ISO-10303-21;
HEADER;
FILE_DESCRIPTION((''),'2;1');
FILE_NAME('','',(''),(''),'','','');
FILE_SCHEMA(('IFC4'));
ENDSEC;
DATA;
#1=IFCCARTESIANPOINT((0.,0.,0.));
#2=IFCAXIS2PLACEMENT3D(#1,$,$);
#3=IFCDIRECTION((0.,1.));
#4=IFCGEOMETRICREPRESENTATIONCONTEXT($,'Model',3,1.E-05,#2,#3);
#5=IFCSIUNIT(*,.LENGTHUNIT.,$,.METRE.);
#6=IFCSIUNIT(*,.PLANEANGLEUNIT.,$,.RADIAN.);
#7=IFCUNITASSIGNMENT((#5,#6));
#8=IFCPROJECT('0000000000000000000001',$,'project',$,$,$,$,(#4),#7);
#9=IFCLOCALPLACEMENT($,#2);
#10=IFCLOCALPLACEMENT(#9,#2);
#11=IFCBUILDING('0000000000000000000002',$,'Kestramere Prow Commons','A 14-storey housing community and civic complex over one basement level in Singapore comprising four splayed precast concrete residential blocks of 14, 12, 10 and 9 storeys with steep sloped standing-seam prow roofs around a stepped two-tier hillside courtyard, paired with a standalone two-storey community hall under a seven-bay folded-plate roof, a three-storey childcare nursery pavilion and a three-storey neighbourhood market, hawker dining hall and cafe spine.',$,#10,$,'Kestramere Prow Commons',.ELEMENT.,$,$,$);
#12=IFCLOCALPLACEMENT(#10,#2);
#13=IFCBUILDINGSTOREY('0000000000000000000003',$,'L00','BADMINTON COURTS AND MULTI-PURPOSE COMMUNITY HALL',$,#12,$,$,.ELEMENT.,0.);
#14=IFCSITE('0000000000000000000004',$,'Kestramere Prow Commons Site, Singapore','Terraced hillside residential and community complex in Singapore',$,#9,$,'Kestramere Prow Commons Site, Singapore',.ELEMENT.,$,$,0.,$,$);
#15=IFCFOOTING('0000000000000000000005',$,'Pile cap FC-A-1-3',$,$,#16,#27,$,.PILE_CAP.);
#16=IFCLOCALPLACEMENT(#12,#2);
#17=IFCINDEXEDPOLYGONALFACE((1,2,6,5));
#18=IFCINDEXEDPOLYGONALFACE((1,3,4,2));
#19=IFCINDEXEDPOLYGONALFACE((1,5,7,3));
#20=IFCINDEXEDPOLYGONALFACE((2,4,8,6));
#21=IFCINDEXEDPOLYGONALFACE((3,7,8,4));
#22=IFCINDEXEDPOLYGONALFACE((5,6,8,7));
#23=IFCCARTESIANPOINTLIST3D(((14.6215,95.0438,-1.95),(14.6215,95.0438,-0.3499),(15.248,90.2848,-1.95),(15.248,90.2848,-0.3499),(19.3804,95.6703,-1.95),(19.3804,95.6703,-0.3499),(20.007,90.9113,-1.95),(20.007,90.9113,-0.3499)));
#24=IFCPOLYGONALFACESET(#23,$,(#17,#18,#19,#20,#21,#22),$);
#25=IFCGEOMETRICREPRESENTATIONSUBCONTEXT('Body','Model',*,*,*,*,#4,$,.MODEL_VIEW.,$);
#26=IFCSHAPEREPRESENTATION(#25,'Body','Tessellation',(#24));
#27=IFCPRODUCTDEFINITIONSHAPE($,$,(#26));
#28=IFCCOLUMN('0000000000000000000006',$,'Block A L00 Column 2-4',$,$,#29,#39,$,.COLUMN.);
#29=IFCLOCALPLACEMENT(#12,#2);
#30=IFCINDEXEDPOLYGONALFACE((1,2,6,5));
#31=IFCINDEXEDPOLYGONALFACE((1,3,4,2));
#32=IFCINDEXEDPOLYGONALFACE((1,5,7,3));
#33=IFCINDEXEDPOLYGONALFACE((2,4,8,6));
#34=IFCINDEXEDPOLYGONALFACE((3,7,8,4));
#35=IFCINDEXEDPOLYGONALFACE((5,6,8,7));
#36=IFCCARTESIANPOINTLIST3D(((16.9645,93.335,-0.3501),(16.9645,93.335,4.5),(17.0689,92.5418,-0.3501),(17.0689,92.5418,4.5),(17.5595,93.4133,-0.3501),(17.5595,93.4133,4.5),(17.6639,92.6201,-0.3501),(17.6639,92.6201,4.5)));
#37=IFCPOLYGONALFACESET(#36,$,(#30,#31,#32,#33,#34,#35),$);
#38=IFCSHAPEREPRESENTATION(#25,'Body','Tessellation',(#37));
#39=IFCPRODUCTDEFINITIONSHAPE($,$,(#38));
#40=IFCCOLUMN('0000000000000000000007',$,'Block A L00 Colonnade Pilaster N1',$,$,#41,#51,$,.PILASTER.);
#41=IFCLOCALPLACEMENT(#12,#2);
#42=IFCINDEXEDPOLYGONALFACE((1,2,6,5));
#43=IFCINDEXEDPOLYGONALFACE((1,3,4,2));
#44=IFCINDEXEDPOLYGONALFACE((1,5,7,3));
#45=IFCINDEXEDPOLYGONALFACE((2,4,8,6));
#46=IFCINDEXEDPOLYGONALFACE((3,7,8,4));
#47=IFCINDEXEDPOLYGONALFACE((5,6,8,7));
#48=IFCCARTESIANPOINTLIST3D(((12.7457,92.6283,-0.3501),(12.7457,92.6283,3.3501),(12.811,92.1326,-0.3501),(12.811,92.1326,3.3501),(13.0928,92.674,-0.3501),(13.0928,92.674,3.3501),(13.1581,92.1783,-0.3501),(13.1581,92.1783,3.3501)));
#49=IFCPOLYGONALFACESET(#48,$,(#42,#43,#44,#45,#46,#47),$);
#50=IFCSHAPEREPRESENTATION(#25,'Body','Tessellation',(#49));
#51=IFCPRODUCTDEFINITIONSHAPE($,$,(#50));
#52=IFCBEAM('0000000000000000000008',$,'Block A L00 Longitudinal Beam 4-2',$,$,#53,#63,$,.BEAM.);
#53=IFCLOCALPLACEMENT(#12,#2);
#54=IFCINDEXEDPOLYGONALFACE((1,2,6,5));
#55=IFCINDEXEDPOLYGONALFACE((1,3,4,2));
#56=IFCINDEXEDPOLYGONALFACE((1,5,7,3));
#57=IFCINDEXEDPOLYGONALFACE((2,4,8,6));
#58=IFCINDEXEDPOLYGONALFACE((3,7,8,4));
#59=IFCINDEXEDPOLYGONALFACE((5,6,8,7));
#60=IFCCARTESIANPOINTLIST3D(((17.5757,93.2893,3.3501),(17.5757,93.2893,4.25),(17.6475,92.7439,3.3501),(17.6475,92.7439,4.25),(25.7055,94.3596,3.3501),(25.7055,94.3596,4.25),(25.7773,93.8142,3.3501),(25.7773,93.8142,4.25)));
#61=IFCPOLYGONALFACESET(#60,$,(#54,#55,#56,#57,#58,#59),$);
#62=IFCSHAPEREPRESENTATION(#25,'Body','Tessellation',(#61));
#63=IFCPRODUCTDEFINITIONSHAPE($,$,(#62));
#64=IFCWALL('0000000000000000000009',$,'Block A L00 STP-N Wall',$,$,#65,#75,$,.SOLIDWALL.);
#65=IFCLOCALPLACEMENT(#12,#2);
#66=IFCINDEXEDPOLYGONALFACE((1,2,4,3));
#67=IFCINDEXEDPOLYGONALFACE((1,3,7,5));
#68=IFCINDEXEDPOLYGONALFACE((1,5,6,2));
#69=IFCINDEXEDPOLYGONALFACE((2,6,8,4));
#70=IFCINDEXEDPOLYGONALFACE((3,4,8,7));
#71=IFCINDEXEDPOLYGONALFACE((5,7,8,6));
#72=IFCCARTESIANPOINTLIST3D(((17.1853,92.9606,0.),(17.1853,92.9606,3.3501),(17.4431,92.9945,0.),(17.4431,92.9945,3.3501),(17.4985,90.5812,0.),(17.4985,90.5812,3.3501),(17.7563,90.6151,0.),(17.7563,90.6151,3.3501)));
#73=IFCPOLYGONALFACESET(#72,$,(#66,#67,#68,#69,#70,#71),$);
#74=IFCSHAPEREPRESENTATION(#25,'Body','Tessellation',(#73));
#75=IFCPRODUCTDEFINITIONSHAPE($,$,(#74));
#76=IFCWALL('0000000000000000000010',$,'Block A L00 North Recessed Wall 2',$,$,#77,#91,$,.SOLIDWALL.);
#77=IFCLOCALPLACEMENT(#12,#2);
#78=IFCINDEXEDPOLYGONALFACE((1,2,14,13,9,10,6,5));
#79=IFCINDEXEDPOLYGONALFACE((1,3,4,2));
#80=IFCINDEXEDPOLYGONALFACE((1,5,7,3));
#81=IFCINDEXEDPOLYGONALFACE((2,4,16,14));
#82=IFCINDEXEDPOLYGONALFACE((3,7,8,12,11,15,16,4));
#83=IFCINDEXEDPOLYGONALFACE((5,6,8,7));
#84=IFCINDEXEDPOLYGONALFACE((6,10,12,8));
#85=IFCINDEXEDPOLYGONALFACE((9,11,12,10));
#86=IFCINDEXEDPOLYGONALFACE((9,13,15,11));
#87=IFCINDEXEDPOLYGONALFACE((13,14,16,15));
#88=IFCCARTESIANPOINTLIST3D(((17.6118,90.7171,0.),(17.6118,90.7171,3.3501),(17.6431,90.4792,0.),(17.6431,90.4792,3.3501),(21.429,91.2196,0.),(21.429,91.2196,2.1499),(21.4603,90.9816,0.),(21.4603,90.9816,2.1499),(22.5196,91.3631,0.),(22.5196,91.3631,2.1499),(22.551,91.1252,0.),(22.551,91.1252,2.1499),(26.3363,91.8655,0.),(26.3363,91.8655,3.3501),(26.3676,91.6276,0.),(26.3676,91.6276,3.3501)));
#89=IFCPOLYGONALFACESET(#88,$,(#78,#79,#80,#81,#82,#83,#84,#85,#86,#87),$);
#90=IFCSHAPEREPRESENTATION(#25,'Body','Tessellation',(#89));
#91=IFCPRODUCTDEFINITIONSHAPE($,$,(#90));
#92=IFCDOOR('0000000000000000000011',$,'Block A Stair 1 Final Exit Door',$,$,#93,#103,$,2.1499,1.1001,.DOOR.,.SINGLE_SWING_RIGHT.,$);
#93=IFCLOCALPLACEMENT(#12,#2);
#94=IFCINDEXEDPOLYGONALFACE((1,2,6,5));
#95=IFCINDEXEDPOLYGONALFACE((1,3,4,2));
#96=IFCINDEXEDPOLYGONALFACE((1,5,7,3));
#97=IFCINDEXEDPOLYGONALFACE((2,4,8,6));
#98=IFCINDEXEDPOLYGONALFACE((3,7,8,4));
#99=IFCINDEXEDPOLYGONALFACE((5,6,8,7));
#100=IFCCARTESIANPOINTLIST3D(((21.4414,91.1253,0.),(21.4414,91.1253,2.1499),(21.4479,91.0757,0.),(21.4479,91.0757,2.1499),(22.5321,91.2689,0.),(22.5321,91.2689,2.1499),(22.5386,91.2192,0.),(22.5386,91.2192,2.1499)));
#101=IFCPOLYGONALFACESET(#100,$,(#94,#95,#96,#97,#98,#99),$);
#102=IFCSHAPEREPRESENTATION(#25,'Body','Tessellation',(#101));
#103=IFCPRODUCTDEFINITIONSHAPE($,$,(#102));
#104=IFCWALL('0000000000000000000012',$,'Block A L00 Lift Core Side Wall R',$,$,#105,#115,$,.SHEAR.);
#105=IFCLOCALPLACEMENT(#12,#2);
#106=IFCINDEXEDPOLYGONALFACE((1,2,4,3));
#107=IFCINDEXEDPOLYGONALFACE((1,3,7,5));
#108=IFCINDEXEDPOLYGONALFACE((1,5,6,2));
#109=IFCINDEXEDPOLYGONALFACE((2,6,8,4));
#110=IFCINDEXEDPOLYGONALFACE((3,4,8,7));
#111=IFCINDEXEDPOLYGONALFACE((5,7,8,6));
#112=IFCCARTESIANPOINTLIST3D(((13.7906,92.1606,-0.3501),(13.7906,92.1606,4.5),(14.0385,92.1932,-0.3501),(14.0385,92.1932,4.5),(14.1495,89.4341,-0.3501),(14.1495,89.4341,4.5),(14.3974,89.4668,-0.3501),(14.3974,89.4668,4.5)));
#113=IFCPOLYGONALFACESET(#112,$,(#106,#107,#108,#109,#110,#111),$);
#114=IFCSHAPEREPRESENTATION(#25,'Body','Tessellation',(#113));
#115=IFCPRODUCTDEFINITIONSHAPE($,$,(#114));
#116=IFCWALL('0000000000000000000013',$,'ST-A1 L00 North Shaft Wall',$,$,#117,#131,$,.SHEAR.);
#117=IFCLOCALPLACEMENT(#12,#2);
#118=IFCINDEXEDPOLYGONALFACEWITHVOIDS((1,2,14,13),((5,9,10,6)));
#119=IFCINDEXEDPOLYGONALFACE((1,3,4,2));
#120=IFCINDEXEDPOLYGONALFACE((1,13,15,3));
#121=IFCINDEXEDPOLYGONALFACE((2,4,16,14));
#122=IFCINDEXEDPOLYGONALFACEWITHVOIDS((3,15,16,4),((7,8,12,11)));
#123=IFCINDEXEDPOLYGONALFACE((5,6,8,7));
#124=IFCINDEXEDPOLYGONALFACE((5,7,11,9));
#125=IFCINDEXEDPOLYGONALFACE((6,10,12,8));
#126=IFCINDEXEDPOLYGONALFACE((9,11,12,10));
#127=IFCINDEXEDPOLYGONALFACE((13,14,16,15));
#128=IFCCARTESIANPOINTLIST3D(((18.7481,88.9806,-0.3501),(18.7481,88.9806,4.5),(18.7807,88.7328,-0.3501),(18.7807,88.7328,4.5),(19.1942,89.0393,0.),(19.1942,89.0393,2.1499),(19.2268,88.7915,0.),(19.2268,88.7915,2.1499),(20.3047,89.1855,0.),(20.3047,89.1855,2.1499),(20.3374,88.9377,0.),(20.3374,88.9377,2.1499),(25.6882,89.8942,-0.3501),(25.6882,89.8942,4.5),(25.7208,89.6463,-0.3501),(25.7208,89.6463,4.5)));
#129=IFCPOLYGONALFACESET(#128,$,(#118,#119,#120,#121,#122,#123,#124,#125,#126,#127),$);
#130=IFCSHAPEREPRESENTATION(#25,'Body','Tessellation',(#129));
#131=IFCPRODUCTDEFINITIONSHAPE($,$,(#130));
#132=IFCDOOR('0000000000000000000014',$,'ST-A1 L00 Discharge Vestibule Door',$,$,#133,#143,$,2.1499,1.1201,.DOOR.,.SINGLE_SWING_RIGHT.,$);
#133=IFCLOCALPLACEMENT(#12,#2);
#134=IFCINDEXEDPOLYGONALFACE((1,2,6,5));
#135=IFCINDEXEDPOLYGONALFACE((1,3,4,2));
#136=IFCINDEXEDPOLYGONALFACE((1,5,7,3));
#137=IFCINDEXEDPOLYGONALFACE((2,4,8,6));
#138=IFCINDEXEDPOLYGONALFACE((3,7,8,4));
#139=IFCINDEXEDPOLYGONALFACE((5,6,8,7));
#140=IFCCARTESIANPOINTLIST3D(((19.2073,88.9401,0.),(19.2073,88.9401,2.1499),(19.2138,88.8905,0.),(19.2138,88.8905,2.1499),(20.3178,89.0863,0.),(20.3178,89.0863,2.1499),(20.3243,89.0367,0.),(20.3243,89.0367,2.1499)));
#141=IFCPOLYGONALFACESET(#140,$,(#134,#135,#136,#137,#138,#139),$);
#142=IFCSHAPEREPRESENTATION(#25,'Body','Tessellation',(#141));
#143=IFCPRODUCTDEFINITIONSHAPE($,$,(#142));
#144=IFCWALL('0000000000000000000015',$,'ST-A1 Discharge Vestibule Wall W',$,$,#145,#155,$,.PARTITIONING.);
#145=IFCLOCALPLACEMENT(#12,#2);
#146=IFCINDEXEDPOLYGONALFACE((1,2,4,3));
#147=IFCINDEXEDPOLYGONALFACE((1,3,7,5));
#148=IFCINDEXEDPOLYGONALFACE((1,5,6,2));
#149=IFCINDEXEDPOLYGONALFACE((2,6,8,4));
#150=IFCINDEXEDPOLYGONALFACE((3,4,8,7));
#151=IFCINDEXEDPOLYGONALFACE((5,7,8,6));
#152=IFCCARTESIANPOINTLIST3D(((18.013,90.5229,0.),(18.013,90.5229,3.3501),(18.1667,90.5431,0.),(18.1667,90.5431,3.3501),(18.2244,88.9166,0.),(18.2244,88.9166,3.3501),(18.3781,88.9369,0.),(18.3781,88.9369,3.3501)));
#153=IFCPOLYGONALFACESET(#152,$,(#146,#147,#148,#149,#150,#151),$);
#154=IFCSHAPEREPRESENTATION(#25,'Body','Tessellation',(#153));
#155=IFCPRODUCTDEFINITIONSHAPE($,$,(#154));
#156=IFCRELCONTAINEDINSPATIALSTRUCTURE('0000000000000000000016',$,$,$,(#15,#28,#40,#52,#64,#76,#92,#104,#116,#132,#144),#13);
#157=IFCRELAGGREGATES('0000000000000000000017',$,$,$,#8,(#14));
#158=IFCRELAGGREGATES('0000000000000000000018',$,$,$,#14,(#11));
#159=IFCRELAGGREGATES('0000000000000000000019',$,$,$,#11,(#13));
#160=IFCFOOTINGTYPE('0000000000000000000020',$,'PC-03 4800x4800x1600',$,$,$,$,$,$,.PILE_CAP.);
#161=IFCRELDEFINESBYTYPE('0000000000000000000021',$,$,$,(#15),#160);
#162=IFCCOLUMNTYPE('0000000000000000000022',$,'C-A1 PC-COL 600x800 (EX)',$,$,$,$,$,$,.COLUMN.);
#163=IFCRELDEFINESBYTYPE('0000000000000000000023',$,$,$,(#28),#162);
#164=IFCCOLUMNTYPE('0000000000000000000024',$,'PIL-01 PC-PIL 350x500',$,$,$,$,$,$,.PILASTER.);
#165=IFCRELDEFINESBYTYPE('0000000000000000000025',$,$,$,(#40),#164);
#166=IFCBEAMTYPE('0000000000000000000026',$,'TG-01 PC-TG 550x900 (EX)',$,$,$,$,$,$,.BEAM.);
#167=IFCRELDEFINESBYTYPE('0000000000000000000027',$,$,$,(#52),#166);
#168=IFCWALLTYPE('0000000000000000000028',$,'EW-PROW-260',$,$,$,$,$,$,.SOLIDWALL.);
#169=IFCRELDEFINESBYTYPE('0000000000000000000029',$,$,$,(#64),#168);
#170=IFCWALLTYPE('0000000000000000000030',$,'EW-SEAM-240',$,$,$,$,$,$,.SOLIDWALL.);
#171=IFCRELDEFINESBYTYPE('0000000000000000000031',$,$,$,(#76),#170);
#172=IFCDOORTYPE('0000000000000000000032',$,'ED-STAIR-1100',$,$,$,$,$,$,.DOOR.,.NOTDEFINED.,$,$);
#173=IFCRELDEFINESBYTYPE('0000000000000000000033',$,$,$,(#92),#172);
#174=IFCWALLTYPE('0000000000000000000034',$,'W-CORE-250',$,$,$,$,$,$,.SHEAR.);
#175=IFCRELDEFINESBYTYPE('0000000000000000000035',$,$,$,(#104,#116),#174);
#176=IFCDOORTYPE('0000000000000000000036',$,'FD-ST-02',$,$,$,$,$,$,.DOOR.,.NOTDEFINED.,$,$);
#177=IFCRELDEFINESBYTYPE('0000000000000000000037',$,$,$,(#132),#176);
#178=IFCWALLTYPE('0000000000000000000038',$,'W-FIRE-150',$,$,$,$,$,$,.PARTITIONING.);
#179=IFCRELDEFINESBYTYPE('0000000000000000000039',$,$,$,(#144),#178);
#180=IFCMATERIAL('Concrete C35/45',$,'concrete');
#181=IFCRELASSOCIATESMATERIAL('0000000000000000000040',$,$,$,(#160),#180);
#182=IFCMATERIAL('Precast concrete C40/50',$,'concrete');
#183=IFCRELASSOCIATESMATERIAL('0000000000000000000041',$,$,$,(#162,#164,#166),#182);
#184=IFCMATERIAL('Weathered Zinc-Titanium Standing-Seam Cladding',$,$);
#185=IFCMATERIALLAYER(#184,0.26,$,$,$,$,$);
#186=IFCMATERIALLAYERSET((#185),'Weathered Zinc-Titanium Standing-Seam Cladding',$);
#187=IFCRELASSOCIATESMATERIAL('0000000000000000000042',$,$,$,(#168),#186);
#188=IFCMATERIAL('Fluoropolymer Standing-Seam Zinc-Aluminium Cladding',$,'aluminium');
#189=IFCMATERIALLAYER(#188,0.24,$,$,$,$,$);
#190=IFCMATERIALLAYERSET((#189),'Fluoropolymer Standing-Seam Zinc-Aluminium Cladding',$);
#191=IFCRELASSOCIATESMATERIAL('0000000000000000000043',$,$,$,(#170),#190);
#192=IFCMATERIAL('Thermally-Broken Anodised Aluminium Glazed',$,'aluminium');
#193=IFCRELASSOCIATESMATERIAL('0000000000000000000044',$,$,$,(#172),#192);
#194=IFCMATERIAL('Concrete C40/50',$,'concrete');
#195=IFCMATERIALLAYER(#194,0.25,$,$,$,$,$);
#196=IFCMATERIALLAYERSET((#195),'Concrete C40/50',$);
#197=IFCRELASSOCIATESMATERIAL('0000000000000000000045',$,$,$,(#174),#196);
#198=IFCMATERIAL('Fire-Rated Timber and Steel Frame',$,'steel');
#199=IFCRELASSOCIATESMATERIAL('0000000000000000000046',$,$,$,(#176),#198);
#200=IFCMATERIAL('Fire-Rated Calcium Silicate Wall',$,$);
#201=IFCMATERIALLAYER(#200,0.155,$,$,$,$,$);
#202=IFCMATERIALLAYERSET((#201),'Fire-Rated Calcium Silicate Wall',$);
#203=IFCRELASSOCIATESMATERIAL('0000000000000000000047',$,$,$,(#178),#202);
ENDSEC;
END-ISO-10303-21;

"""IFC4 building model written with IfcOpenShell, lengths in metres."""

from ifc_helpers import new_model, si_unit, direction, frame, frame_2d, origin, origin_2d, place, context, subcontext, project, spatial, rectangle, extrude, material, layer, layer_set, material_profile, profile_set, type_object, element, fill, save


model = new_model("IFC4")

# Units and contexts
model_context = context("Model", 3, precision=1e-05, world=origin(), true_north=direction((0.0, 1.0)))
body_context = subcontext(model_context, "Body", "Model", "MODEL_VIEW")
ifc_project = project(units=[si_unit("LENGTHUNIT", "METRE"), si_unit("PLANEANGLEUNIT", "RADIAN")], contexts=[model_context])

# Site, building, storey
site_placement = place(None, origin())
site = spatial("IfcSite", under=ifc_project, at=site_placement, Name="Kestramere Prow Commons Site, Singapore", Description="Terraced hillside residential and community complex in Singapore", LongName="Kestramere Prow Commons Site, Singapore", CompositionType="ELEMENT", RefElevation=0.0)
building_placement = place(site_placement, origin())
building = spatial("IfcBuilding", under=site, at=building_placement, Name="Kestramere Prow Commons", Description="A 14-storey housing community and civic complex over one basement level in Singapore comprising four splayed precast concrete residential blocks of 14, 12, 10 and 9 storeys with steep sloped standing-seam prow roofs around a stepped two-tier hillside courtyard, paired with a standalone two-storey community hall under a seven-bay folded-plate roof, a three-storey childcare nursery pavilion and a three-storey neighbourhood market, hawker dining hall and cafe spine.", LongName="Kestramere Prow Commons", CompositionType="ELEMENT")
storey_placement = place(building_placement, origin())
storey = spatial("IfcBuildingStorey", under=building, at=storey_placement, Name="L00", Description="BADMINTON COURTS AND MULTI-PURPOSE COMMUNITY HALL", CompositionType="ELEMENT", Elevation=0.0)

# Shared definitions
ifc_material_1 = material(Name="Concrete C35/45", Category="concrete")

# Footing
footing_type_1 = type_object("IfcFootingType", Name="PC-03 4800x4800x1600", PredefinedType="PILE_CAP", material=ifc_material_1)
footing_1_placement = place(storey_placement, frame((17.3142, 92.9775, -1.95), z_axis=(0.0, 0.0, 1.0), x_axis=(0.991445, 0.130526, 0.0)))
element("IfcFooting", 1, at=footing_1_placement, inside=storey, type_object=footing_type_1, Name="Pile cap FC-A-1-3", PredefinedType="PILE_CAP", context=body_context, shape_type="SweptSolid", body=[
    extrude(rectangle(XDim=4.8, YDim=4.8, at=origin_2d()), origin(), (0.0, 0.0, 1.0), 1.6001),
])

# Columns
ifc_material_2 = material(Name="Precast concrete C40/50", Category="concrete")
ifc_material_profile_1 = material_profile(ifc_material_2, rectangle(XDim=0.6001, YDim=0.8, at=origin_2d()), Name="PC-COL 600x800")
ifc_profile_set_1 = profile_set([ifc_material_profile_1], Name="Precast concrete C40/50")
column_type_1 = type_object("IfcColumnType", Name="C-A1 PC-COL 600x800 (EX)", PredefinedType="COLUMN", material=ifc_profile_set_1)
column_1_placement = place(storey_placement, frame((17.3142, 92.9775, -0.3501), z_axis=(0.0, 0.0, 1.0), x_axis=(0.991445, 0.130526, 0.0)))
element("IfcColumn", 2, at=column_1_placement, inside=storey, type_object=column_type_1, Name="Block A L00 Column 2-4", PredefinedType="COLUMN", context=body_context, shape_type="SweptSolid", body=[
    extrude(rectangle(XDim=0.6001, YDim=0.8, at=origin_2d()), origin(), (0.0, 0.0, 1.0), 4.8501),
])
ifc_material_profile_2 = material_profile(ifc_material_2, rectangle(XDim=0.3501, YDim=0.5, at=origin_2d()), Name="PC-PIL 350x500")
ifc_profile_set_2 = profile_set([ifc_material_profile_2], Name="Precast concrete C40/50")
column_type_2 = type_object("IfcColumnType", Name="PIL-01 PC-PIL 350x500", PredefinedType="PILASTER", material=ifc_profile_set_2)
column_2_placement = place(storey_placement, frame((12.9519, 92.4033, -0.3501), z_axis=(0.0, 0.0, 1.0), x_axis=(0.991445, 0.130526, 0.0)))
element("IfcColumn", 3, at=column_2_placement, inside=storey, type_object=column_type_2, Name="Block A L00 Colonnade Pilaster N1", PredefinedType="PILASTER", context=body_context, shape_type="SweptSolid", body=[
    extrude(rectangle(XDim=0.3501, YDim=0.5, at=origin_2d()), origin(), (0.0, 0.0, 1.0), 3.7002),
])

# Beam
ifc_material_profile_3 = material_profile(ifc_material_2, rectangle(XDim=0.55, YDim=0.8999, at=origin_2d()), Name="PC-TG 550x900")
ifc_profile_set_3 = profile_set([ifc_material_profile_3], Name="Precast concrete C40/50")
beam_type = type_object("IfcBeamType", Name="TG-01 PC-TG 550x900 (EX)", PredefinedType="BEAM", material=ifc_profile_set_3)
beam_placement = place(storey_placement, frame((17.6116, 93.0166, 3.8), z_axis=(0.991445, 0.130525, 0.0), x_axis=(-0.130525, 0.991445, 0.0)))
element("IfcBeam", 4, at=beam_placement, inside=storey, type_object=beam_type, Name="Block A L00 Longitudinal Beam 4-2", PredefinedType="BEAM", context=body_context, shape_type="SweptSolid", body=[
    extrude(rectangle(XDim=0.55, YDim=0.8999, at=origin_2d()), origin(), (0.0, 0.0, 1.0), 8.2),
])

# Wall
ifc_material_3 = material(Name="Weathered Zinc-Titanium Standing-Seam Cladding")
ifc_layer_1 = layer(ifc_material_3, 0.26)
ifc_layer_set_1 = layer_set([ifc_layer_1], Name="Weathered Zinc-Titanium Standing-Seam Cladding")
wall_type_1 = type_object("IfcWallType", Name="EW-PROW-260", PredefinedType="SOLIDWALL", material=ifc_layer_set_1)
wall_1_placement = place(storey_placement, frame((17.3142, 92.9775, 0.0), z_axis=(0.0, 0.0, 1.0), x_axis=(0.130518, -0.991446, 0.0)))
element("IfcWall", 5, at=wall_1_placement, inside=storey, type_object=wall_type_1, Name="Block A L00 STP-N Wall", PredefinedType="SOLIDWALL", context=body_context, shape_type="SweptSolid", body=[
    extrude(rectangle(XDim=2.3999, YDim=0.26, at=frame_2d((1.2, 0.0))), origin(), (0.0, 0.0, 1.0), 3.3501),
])

# Wall, opening, door
ifc_material_4 = material(Name="Fluoropolymer Standing-Seam Zinc-Aluminium Cladding", Category="aluminium")
ifc_layer_2 = layer(ifc_material_4, 0.24)
ifc_layer_set_2 = layer_set([ifc_layer_2], Name="Fluoropolymer Standing-Seam Zinc-Aluminium Cladding")
wall_type_2 = type_object("IfcWallType", Name="EW-SEAM-240", PredefinedType="SOLIDWALL", material=ifc_layer_set_2)
wall_2_placement = place(storey_placement, frame((17.6274, 90.5981, 0.0), z_axis=(0.0, 0.0, 1.0), x_axis=(0.991447, 0.130506, 0.0)))
wall_2 = element("IfcWall", 6, at=wall_2_placement, inside=storey, type_object=wall_type_2, Name="Block A L00 North Recessed Wall 2", PredefinedType="SOLIDWALL", context=body_context, shape_type="SweptSolid", body=[
    extrude(rectangle(XDim=8.7998, YDim=0.24, at=frame_2d((4.3999, 0.0))), origin(), (0.0, 0.0, 1.0), 3.3501),
])
opening_1_placement = place(wall_2_placement, frame((3.8501, 0.0, 0.0)))
opening_1 = element("IfcOpeningElement", 7, at=opening_1_placement, cuts=wall_2, PredefinedType="OPENING", context=body_context, shape_type="SweptSolid", body=[
    extrude(rectangle(XDim=1.1001, YDim=2.1499, at=frame_2d((0.55, 1.075))), frame((0.0, 0.135, 0.0), z_axis=(0.0, -1.0, 0.0), x_axis=(1.0, 0.0, 0.0)), (0.0, 0.0, 1.0), 0.27),
])
ifc_material_5 = material(Name="Thermally-Broken Anodised Aluminium Glazed", Category="aluminium")
door_type_1 = type_object("IfcDoorType", Name="ED-STAIR-1100", OperationType="NOTDEFINED", PredefinedType="DOOR", material=ifc_material_5)
door_1_placement = place(opening_1_placement, origin())
door_1 = element("IfcDoor", 8, at=door_1_placement, inside=storey, type_object=door_type_1, Name="Block A Stair 1 Final Exit Door", OperationType="SINGLE_SWING_RIGHT", OverallHeight=2.1499, OverallWidth=1.1001, PredefinedType="DOOR", context=body_context, shape_type="SweptSolid", body=[
    extrude(rectangle(XDim=1.1001, YDim=2.1499, at=frame_2d((0.55, 1.075))), frame((0.0, 0.0249, 0.0), z_axis=(0.0, -1.0, 0.0), x_axis=(1.0, 0.0, 0.0)), (0.0, 0.0, 1.0), 0.05),
])
fill(opening_1, door_1)

# Wall
ifc_material_6 = material(Name="Concrete C40/50", Category="concrete")
ifc_layer_3 = layer(ifc_material_6, 0.25)
ifc_layer_set_3 = layer_set([ifc_layer_3], Name="Concrete C40/50")
wall_type_3 = type_object("IfcWallType", Name="W-CORE-250", PredefinedType="SHEAR", material=ifc_layer_set_3)
wall_3_placement = place(storey_placement, frame((14.2734, 89.4504, -0.3501), z_axis=(0.0, 0.0, 1.0), x_axis=(-0.1305, 0.991448, 0.0)))
element("IfcWall", 9, at=wall_3_placement, inside=storey, type_object=wall_type_3, Name="Block A L00 Lift Core Side Wall R", PredefinedType="SHEAR", context=body_context, shape_type="SweptSolid", body=[
    extrude(rectangle(XDim=2.75, YDim=0.25, at=frame_2d((1.375, 0.0))), origin(), (0.0, 0.0, 1.0), 4.8501),
])

# Wall, opening, door
wall_4_placement = place(storey_placement, frame((18.7644, 88.8567, -0.3501), z_axis=(0.0, 0.0, 1.0), x_axis=(0.991447, 0.13051, 0.0)))
wall_4 = element("IfcWall", 10, at=wall_4_placement, inside=storey, type_object=wall_type_3, Name="ST-A1 L00 North Shaft Wall", PredefinedType="SHEAR", context=body_context, shape_type="SweptSolid", body=[
    extrude(rectangle(XDim=7.0, YDim=0.25, at=frame_2d((3.5, 0.0))), origin(), (0.0, 0.0, 1.0), 4.8501),
])
opening_2_placement = place(wall_4_placement, frame((0.45, 0.0, 0.3501)))
opening_2 = element("IfcOpeningElement", 11, at=opening_2_placement, cuts=wall_4, PredefinedType="OPENING", context=body_context, shape_type="SweptSolid", body=[
    extrude(rectangle(XDim=1.1201, YDim=2.1499, at=frame_2d((0.5601, 1.075))), frame((0.0, 0.1399, 0.0), z_axis=(0.0, -1.0, 0.0), x_axis=(1.0, 0.0, 0.0)), (0.0, 0.0, 1.0), 0.28),
])
ifc_material_7 = material(Name="Fire-Rated Timber and Steel Frame", Category="steel")
door_type_2 = type_object("IfcDoorType", Name="FD-ST-02", OperationType="NOTDEFINED", PredefinedType="DOOR", material=ifc_material_7)
door_2_placement = place(opening_2_placement, origin())
door_2 = element("IfcDoor", 12, at=door_2_placement, inside=storey, type_object=door_type_2, Name="ST-A1 L00 Discharge Vestibule Door", OperationType="SINGLE_SWING_RIGHT", OverallHeight=2.1499, OverallWidth=1.1201, PredefinedType="DOOR", context=body_context, shape_type="SweptSolid", body=[
    extrude(rectangle(XDim=1.1201, YDim=2.1499, at=frame_2d((0.5601, 1.075))), frame((0.0, 0.0249, 0.0), z_axis=(0.0, -1.0, 0.0), x_axis=(1.0, 0.0, 0.0)), (0.0, 0.0, 1.0), 0.05),
])
fill(opening_2, door_2)

# Wall
ifc_material_8 = material(Name="Fire-Rated Calcium Silicate Wall")
ifc_layer_4 = layer(ifc_material_8, 0.155)
ifc_layer_set_4 = layer_set([ifc_layer_4], Name="Fire-Rated Calcium Silicate Wall")
wall_type_4 = type_object("IfcWallType", Name="W-FIRE-150", PredefinedType="PARTITIONING", material=ifc_layer_set_4)
wall_5_placement = place(storey_placement, frame((18.3013, 88.9268, 0.0), z_axis=(0.0, 0.0, 1.0), x_axis=(-0.130505, 0.991448, 0.0)))
element("IfcWall", 13, at=wall_5_placement, inside=storey, type_object=wall_type_4, Name="ST-A1 Discharge Vestibule Wall W", PredefinedType="PARTITIONING", context=body_context, shape_type="SweptSolid", body=[
    extrude(rectangle(XDim=1.6201, YDim=0.155, at=frame_2d((0.8101, 0.0))), origin(), (0.0, 0.0, 1.0), 3.3501),
])

save(model, "model.ifc")
